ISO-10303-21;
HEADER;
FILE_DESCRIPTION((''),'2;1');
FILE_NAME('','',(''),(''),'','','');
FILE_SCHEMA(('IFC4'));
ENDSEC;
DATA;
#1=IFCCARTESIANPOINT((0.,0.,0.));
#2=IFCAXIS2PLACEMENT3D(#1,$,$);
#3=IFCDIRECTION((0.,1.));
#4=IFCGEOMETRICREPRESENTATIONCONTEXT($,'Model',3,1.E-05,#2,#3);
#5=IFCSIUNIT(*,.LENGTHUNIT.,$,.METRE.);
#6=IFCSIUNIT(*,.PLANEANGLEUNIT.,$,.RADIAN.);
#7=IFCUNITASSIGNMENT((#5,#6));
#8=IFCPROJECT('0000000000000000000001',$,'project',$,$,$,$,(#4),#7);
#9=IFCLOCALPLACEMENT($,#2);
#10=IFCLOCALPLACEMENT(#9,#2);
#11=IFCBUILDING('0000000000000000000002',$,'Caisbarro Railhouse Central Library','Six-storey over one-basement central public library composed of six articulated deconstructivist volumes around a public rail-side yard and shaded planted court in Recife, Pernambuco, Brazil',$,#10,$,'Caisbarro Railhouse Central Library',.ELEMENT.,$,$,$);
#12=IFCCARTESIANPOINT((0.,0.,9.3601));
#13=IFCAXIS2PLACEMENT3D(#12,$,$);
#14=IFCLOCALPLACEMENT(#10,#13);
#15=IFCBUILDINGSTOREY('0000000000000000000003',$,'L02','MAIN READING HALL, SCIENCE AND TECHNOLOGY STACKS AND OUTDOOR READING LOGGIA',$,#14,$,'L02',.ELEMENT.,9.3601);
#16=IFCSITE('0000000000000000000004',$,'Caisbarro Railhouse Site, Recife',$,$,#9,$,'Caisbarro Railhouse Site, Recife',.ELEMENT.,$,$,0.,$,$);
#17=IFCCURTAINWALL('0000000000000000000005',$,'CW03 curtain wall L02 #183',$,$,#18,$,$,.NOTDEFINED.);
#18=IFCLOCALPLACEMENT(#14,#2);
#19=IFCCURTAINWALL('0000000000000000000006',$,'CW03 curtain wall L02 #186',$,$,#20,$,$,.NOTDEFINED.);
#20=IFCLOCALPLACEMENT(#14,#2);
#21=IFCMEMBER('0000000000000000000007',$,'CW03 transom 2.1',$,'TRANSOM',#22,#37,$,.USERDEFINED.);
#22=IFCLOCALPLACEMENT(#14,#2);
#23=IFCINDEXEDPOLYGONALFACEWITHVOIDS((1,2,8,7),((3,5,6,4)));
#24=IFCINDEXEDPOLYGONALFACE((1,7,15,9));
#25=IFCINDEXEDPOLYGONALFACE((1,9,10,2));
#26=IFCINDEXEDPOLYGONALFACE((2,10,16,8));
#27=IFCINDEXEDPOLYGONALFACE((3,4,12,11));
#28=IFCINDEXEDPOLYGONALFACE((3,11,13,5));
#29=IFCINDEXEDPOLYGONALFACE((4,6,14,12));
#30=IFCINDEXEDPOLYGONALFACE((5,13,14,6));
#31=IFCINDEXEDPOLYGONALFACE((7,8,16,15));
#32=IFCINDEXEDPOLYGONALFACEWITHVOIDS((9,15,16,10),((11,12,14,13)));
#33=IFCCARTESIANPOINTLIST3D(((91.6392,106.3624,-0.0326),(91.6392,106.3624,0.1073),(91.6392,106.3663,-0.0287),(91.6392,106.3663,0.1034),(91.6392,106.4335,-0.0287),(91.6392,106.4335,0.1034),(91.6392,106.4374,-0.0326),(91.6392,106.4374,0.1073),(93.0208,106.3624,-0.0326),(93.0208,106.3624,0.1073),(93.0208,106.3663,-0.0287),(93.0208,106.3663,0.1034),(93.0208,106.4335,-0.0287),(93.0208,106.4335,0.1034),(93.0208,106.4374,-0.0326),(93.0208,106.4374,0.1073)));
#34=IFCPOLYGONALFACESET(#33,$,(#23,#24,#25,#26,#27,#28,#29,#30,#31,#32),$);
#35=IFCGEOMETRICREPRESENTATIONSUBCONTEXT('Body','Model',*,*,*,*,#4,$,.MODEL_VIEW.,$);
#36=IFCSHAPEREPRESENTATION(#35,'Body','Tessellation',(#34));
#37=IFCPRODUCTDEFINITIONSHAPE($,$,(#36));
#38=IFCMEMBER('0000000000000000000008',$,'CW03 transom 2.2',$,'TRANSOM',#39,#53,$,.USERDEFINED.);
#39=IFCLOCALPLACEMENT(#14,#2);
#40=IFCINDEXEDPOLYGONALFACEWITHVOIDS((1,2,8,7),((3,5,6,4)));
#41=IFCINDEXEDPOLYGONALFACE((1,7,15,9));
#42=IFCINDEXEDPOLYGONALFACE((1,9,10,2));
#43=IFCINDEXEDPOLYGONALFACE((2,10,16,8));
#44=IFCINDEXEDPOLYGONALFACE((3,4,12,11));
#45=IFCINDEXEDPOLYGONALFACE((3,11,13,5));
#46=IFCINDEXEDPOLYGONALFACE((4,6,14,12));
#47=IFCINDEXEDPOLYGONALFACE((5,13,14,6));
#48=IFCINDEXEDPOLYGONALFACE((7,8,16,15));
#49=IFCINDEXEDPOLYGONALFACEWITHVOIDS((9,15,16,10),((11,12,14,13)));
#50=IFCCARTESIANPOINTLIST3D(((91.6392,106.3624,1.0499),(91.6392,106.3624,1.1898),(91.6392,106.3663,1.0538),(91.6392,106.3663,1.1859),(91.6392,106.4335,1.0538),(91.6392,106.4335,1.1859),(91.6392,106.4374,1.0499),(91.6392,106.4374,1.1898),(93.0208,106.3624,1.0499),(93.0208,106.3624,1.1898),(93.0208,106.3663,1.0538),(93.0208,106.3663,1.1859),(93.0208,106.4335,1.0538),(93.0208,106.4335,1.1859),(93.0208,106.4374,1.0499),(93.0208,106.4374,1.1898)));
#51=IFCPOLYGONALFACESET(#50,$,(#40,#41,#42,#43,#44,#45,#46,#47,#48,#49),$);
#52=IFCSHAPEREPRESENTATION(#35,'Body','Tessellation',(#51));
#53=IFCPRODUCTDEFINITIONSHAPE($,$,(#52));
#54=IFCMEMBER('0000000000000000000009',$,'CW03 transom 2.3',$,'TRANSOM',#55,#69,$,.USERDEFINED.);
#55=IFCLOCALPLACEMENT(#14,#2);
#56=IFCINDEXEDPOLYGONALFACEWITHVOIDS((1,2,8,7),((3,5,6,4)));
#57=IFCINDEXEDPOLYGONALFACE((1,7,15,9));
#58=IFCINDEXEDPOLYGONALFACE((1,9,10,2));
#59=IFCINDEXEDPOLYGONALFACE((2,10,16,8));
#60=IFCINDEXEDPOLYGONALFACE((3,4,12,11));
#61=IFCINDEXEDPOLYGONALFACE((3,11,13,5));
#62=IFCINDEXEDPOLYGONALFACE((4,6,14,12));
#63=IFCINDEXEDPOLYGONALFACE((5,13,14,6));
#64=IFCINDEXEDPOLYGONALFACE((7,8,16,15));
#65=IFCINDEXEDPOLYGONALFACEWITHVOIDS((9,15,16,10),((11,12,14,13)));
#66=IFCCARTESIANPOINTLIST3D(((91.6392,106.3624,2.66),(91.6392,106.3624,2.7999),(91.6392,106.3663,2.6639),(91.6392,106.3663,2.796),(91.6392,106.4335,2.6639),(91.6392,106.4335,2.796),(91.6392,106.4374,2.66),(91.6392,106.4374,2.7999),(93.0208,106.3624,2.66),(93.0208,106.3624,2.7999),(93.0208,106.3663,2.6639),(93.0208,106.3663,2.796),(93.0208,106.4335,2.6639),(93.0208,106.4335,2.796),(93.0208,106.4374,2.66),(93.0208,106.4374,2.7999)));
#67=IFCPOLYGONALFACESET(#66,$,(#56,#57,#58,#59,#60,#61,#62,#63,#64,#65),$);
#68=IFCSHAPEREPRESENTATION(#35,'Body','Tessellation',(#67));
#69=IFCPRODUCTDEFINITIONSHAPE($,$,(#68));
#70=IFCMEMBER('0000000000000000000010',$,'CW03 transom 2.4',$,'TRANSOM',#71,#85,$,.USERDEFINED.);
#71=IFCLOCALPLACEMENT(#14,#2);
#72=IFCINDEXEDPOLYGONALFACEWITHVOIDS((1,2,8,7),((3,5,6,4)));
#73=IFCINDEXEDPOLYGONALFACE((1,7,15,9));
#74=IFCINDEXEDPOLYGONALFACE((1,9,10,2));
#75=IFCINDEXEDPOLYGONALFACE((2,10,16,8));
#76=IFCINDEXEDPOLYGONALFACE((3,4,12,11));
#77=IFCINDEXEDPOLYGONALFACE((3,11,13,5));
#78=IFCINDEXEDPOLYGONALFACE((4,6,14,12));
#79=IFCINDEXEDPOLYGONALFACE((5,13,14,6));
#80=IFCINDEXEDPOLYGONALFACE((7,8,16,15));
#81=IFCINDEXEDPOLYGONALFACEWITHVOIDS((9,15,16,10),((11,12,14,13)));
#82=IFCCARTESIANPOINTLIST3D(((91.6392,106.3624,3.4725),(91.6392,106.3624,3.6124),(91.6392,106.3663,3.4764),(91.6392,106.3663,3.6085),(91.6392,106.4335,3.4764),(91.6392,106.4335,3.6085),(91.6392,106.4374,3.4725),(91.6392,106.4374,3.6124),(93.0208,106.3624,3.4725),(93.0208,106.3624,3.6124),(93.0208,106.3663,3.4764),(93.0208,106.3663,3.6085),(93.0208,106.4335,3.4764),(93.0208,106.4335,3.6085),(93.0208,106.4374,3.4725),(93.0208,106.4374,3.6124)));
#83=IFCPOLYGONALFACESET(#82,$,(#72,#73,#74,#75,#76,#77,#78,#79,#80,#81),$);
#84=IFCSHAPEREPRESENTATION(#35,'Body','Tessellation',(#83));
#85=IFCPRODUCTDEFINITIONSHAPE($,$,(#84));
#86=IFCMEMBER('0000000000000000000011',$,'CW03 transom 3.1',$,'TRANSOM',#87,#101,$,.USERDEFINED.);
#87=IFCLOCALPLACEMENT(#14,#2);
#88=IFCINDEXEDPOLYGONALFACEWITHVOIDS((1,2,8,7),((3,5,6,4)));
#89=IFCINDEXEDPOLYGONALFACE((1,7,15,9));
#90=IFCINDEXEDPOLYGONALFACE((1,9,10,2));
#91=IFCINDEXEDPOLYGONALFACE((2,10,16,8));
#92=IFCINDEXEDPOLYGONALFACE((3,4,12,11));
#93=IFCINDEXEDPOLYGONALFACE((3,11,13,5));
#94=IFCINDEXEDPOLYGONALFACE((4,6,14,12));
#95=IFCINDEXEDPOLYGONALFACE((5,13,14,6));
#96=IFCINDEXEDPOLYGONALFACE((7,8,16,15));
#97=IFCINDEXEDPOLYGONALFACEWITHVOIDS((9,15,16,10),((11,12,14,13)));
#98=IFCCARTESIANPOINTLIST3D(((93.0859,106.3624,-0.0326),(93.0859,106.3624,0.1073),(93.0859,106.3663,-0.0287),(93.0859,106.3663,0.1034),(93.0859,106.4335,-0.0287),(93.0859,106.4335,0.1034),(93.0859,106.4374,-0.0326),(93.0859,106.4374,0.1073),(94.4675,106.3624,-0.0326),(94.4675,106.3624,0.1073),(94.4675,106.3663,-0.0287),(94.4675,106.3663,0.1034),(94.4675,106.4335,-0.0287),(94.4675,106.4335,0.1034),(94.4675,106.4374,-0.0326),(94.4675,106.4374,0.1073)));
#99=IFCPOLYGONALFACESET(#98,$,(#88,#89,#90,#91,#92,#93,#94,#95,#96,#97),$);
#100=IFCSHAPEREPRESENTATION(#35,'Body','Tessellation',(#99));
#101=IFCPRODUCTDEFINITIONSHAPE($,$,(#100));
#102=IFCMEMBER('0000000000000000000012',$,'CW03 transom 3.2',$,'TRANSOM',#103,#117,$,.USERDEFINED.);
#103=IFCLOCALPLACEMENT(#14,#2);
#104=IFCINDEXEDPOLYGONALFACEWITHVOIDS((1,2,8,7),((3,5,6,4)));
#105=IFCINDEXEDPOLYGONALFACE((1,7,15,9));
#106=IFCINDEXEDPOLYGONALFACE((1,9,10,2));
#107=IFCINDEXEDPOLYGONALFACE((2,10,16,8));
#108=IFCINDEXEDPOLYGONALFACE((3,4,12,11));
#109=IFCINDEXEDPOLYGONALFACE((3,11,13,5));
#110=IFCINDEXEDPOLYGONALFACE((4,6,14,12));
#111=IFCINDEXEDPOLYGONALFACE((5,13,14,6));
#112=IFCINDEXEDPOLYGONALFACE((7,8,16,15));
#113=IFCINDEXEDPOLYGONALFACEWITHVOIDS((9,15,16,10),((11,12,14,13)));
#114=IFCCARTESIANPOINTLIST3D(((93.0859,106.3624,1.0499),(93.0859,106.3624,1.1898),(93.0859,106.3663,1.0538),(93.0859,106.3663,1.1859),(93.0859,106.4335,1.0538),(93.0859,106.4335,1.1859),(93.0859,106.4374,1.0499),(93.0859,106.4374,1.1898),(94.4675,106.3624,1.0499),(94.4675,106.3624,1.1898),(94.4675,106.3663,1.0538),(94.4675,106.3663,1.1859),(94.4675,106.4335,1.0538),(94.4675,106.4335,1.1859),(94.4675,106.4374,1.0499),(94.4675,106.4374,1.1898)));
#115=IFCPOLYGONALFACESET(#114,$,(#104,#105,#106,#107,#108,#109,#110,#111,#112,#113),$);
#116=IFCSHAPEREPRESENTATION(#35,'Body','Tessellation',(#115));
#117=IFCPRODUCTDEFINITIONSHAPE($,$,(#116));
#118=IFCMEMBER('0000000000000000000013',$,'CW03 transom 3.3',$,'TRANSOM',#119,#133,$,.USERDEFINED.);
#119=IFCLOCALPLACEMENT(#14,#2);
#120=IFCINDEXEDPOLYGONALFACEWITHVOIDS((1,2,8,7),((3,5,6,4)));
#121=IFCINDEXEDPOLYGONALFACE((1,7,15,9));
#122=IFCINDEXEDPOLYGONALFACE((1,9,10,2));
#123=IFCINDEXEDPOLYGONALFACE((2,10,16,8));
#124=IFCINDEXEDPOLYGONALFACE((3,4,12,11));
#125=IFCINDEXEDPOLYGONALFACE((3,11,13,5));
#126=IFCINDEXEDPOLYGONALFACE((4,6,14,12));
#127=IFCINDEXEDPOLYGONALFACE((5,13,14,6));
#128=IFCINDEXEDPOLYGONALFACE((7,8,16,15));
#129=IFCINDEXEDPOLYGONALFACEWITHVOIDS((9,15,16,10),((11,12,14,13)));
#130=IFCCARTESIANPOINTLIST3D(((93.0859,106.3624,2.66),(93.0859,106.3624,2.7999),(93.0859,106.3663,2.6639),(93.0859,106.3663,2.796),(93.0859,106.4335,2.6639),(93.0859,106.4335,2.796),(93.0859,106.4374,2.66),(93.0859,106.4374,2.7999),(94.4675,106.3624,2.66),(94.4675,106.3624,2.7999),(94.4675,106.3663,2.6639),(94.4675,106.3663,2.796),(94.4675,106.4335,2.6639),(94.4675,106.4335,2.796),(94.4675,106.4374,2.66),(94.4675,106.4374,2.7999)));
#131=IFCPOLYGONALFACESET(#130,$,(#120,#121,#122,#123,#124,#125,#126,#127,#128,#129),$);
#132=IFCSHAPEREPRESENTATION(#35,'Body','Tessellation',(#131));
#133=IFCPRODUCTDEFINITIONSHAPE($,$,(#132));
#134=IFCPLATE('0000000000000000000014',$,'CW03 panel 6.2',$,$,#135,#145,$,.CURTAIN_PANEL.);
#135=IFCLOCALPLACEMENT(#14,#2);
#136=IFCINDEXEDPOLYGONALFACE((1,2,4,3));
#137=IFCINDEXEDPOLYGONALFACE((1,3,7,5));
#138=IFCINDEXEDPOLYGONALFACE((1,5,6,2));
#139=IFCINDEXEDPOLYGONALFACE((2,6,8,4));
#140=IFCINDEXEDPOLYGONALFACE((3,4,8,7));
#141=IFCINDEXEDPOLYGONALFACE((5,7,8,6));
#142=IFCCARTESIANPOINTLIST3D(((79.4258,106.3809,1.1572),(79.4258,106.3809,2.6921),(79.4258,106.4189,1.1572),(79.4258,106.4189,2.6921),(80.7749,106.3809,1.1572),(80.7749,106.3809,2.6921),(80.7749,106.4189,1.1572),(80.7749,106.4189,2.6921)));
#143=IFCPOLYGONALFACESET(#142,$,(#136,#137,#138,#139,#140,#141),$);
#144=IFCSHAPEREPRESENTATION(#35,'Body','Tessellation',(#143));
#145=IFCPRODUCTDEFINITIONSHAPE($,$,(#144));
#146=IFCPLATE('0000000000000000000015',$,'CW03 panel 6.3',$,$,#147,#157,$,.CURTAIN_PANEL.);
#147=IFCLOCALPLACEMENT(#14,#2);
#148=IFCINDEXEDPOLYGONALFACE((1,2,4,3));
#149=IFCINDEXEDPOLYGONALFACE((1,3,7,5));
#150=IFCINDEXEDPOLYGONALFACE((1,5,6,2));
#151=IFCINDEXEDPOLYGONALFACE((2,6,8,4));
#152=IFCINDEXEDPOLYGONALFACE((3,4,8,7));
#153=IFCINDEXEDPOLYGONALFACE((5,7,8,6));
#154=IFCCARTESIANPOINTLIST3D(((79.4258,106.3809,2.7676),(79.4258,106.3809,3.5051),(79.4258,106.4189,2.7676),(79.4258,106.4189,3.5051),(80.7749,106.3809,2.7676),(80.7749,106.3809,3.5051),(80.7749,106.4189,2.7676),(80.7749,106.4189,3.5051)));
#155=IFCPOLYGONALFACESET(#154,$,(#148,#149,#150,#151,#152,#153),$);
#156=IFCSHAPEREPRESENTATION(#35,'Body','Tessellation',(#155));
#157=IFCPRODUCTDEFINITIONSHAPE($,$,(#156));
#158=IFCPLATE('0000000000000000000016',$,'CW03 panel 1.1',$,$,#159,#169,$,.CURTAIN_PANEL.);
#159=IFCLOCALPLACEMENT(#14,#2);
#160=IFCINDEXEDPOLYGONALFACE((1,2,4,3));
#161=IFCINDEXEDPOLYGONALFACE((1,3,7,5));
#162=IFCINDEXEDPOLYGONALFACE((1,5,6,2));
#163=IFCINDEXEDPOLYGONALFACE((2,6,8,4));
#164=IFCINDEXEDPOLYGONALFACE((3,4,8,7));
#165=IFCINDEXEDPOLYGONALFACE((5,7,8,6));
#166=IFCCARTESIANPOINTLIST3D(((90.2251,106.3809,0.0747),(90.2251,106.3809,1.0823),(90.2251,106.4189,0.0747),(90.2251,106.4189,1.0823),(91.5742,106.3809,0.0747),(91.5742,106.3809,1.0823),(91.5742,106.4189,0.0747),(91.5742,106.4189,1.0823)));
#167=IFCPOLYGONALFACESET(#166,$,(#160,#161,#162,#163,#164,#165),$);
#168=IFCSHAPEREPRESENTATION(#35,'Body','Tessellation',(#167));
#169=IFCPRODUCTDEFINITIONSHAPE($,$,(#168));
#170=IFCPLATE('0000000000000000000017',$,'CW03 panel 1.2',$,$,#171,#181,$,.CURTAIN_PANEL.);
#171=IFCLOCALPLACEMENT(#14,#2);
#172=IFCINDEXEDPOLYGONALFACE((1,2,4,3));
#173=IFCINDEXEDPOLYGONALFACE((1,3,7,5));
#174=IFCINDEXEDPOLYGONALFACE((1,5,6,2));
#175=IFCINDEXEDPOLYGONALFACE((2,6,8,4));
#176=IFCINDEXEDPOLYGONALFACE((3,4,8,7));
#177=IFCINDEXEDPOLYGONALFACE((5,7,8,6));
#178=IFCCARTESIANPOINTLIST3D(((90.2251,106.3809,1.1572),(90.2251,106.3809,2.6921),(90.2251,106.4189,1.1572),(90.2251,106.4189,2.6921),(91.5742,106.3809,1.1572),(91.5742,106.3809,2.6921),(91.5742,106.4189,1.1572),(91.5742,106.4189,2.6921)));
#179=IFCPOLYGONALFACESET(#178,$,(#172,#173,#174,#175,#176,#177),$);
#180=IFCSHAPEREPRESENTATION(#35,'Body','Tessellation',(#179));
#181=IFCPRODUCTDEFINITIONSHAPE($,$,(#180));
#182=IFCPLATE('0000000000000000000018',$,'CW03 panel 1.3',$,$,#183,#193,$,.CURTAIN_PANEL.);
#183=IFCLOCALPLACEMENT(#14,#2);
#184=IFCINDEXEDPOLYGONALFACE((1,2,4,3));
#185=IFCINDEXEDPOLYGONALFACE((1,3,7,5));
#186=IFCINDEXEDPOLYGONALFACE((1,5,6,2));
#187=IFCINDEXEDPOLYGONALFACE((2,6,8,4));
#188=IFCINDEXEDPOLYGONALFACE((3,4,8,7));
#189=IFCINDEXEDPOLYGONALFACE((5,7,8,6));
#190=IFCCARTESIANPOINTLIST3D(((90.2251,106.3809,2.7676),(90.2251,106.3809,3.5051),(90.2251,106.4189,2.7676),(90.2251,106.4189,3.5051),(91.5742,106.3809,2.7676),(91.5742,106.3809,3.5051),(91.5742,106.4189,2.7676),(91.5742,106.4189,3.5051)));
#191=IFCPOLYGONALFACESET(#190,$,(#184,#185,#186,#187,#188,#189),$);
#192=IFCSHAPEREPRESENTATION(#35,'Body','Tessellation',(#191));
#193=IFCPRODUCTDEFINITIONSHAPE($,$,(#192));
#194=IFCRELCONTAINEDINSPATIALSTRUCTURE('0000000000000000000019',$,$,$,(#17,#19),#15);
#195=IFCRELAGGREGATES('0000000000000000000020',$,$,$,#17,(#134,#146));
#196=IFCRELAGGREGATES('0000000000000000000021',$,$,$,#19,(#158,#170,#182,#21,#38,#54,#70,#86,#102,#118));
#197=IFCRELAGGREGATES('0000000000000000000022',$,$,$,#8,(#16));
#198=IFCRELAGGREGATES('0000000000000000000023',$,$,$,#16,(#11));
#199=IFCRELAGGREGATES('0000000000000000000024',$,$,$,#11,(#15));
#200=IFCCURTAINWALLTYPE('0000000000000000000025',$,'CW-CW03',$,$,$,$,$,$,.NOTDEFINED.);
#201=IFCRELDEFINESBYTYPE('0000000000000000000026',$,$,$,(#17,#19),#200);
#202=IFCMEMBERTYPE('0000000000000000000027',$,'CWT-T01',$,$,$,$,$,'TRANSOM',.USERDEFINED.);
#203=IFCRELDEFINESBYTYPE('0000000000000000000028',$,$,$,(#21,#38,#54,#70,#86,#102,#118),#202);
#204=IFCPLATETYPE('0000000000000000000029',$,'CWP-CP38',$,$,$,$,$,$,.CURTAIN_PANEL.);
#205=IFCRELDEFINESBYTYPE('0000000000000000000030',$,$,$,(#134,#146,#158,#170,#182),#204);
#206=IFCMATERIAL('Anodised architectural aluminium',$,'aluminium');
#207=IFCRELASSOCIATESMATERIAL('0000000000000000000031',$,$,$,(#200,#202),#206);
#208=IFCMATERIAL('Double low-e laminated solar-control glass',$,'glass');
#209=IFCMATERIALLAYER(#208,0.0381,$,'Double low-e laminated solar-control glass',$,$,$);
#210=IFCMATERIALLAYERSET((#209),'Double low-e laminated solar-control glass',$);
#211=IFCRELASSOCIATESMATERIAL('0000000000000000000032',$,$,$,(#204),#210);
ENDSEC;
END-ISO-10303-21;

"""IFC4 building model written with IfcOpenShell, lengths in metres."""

from ifc_helpers import new_model, si_unit, direction, frame, origin, origin_2d, place, context, subcontext, project, spatial, rectangle, hollow_rectangle, extrude, material, layer, layer_set, material_profile, profile_set, type_object, element, aggregate, save


model = new_model("IFC4")

# Units and contexts
model_context = context("Model", 3, precision=1e-05, world=origin(), true_north=direction((0.0, 1.0)))
body_context = subcontext(model_context, "Body", "Model", "MODEL_VIEW")
ifc_project = project(units=[si_unit("LENGTHUNIT", "METRE"), si_unit("PLANEANGLEUNIT", "RADIAN")], contexts=[model_context])

# Site, building, storey
site_placement = place(None, origin())
site = spatial("IfcSite", under=ifc_project, at=site_placement, Name="Caisbarro Railhouse Site, Recife", LongName="Caisbarro Railhouse Site, Recife", CompositionType="ELEMENT", RefElevation=0.0)
building_placement = place(site_placement, origin())
building = spatial("IfcBuilding", under=site, at=building_placement, Name="Caisbarro Railhouse Central Library", Description="Six-storey over one-basement central public library composed of six articulated deconstructivist volumes around a public rail-side yard and shaded planted court in Recife, Pernambuco, Brazil", LongName="Caisbarro Railhouse Central Library", CompositionType="ELEMENT")
storey_placement = place(building_placement, frame((0.0, 0.0, 9.3601)))
storey = spatial("IfcBuildingStorey", under=building, at=storey_placement, Name="L02", Description="MAIN READING HALL, SCIENCE AND TECHNOLOGY STACKS AND OUTDOOR READING LOGGIA", LongName="L02", CompositionType="ELEMENT", Elevation=9.3601)

# Curtain wall
ifc_material_1 = material(Name="Anodised architectural aluminium", Category="aluminium")
curtain_wall_type = type_object("IfcCurtainWallType", Name="CW-CW03", PredefinedType="NOTDEFINED", material=ifc_material_1)
curtain_wall_1_placement = place(storey_placement, origin())
curtain_wall_1 = element("IfcCurtainWall", 1, at=curtain_wall_1_placement, inside=storey, type_object=curtain_wall_type, Name="CW03 curtain wall L02 #183", PredefinedType="NOTDEFINED")

# Curtain wall, members
curtain_wall_2_placement = place(storey_placement, origin())
curtain_wall_2 = element("IfcCurtainWall", 2, at=curtain_wall_2_placement, inside=storey, type_object=curtain_wall_type, Name="CW03 curtain wall L02 #186", PredefinedType="NOTDEFINED")
ifc_material_profile_1 = material_profile(ifc_material_1, hollow_rectangle(XDim=0.075, YDim=0.1399, WallThickness=0.0039, at=origin_2d()), Name="ALU-TRN-75X140")
ifc_profile_set_1 = profile_set([ifc_material_profile_1], Name="Anodised architectural aluminium")
member_type_1 = type_object("IfcMemberType", Name="CWT-T01", ElementType="TRANSOM", PredefinedType="USERDEFINED", material=ifc_profile_set_1)
member_1_placement = place(storey_placement, frame((91.6392, 106.3999, 0.0374), z_axis=(1.0, 0.0, 0.0), x_axis=(0.0, 1.0, 0.0)))
member_1 = element("IfcMember", 3, at=member_1_placement, type_object=member_type_1, Name="CW03 transom 2.1", ObjectType="TRANSOM", PredefinedType="USERDEFINED", context=body_context, shape_type="SweptSolid", body=[
    extrude(hollow_rectangle(XDim=0.075, YDim=0.1399, WallThickness=0.0039, at=origin_2d()), origin(), (0.0, 0.0, 1.0), 1.3816),
])
member_2_placement = place(storey_placement, frame((91.6392, 106.3999, 1.1199), z_axis=(1.0, 0.0, 0.0), x_axis=(0.0, 1.0, 0.0)))
member_2 = element("IfcMember", 4, at=member_2_placement, type_object=member_type_1, Name="CW03 transom 2.2", ObjectType="TRANSOM", PredefinedType="USERDEFINED", context=body_context, shape_type="SweptSolid", body=[
    extrude(hollow_rectangle(XDim=0.075, YDim=0.1399, WallThickness=0.0039, at=origin_2d()), origin(), (0.0, 0.0, 1.0), 1.3816),
])
member_3_placement = place(storey_placement, frame((91.6392, 106.3999, 2.73), z_axis=(1.0, 0.0, 0.0), x_axis=(0.0, 1.0, 0.0)))
member_3 = element("IfcMember", 5, at=member_3_placement, type_object=member_type_1, Name="CW03 transom 2.3", ObjectType="TRANSOM", PredefinedType="USERDEFINED", context=body_context, shape_type="SweptSolid", body=[
    extrude(hollow_rectangle(XDim=0.075, YDim=0.1399, WallThickness=0.0039, at=origin_2d()), origin(), (0.0, 0.0, 1.0), 1.3816),
])
member_4_placement = place(storey_placement, frame((91.6392, 106.3999, 3.5425), z_axis=(1.0, 0.0, 0.0), x_axis=(0.0, 1.0, 0.0)))
member_4 = element("IfcMember", 6, at=member_4_placement, type_object=member_type_1, Name="CW03 transom 2.4", ObjectType="TRANSOM", PredefinedType="USERDEFINED", context=body_context, shape_type="SweptSolid", body=[
    extrude(hollow_rectangle(XDim=0.075, YDim=0.1399, WallThickness=0.0039, at=origin_2d()), origin(), (0.0, 0.0, 1.0), 1.3816),
])
member_5_placement = place(storey_placement, frame((93.0859, 106.3999, 0.0374), z_axis=(1.0, 0.0, 0.0), x_axis=(0.0, 1.0, 0.0)))
member_5 = element("IfcMember", 7, at=member_5_placement, type_object=member_type_1, Name="CW03 transom 3.1", ObjectType="TRANSOM", PredefinedType="USERDEFINED", context=body_context, shape_type="SweptSolid", body=[
    extrude(hollow_rectangle(XDim=0.075, YDim=0.1399, WallThickness=0.0039, at=origin_2d()), origin(), (0.0, 0.0, 1.0), 1.3816),
])
member_6_placement = place(storey_placement, frame((93.0859, 106.3999, 1.1199), z_axis=(1.0, 0.0, 0.0), x_axis=(0.0, 1.0, 0.0)))
member_6 = element("IfcMember", 8, at=member_6_placement, type_object=member_type_1, Name="CW03 transom 3.2", ObjectType="TRANSOM", PredefinedType="USERDEFINED", context=body_context, shape_type="SweptSolid", body=[
    extrude(hollow_rectangle(XDim=0.075, YDim=0.1399, WallThickness=0.0039, at=origin_2d()), origin(), (0.0, 0.0, 1.0), 1.3816),
])
member_7_placement = place(storey_placement, frame((93.0859, 106.3999, 2.73), z_axis=(1.0, 0.0, 0.0), x_axis=(0.0, 1.0, 0.0)))
member_7 = element("IfcMember", 9, at=member_7_placement, type_object=member_type_1, Name="CW03 transom 3.3", ObjectType="TRANSOM", PredefinedType="USERDEFINED", context=body_context, shape_type="SweptSolid", body=[
    extrude(hollow_rectangle(XDim=0.075, YDim=0.1399, WallThickness=0.0039, at=origin_2d()), origin(), (0.0, 0.0, 1.0), 1.3816),
])

# Plates
ifc_material_2 = material(Name="Double low-e laminated solar-control glass", Category="glass")
ifc_layer_1 = layer(ifc_material_2, 0.0381, Name="Double low-e laminated solar-control glass")
ifc_layer_set_1 = layer_set([ifc_layer_1], Name="Double low-e laminated solar-control glass")
plate_type = type_object("IfcPlateType", Name="CWP-CP38", PredefinedType="CURTAIN_PANEL", material=ifc_layer_set_1)
plate_1_placement = place(storey_placement, frame((80.1003, 106.3999, 1.1572), z_axis=(0.0, 0.0, 1.0), x_axis=(1.0, 0.0, 0.0)))
plate_1 = element("IfcPlate", 10, at=plate_1_placement, type_object=plate_type, Name="CW03 panel 6.2", PredefinedType="CURTAIN_PANEL", context=body_context, shape_type="SweptSolid", body=[
    extrude(rectangle(XDim=1.3491, YDim=0.0381, at=origin_2d()), origin(), (0.0, 0.0, 1.0), 1.5349),
])
plate_2_placement = place(storey_placement, frame((80.1003, 106.3999, 2.7676), z_axis=(0.0, 0.0, 1.0), x_axis=(1.0, 0.0, 0.0)))
plate_2 = element("IfcPlate", 11, at=plate_2_placement, type_object=plate_type, Name="CW03 panel 6.3", PredefinedType="CURTAIN_PANEL", context=body_context, shape_type="SweptSolid", body=[
    extrude(rectangle(XDim=1.3491, YDim=0.0381, at=origin_2d()), origin(), (0.0, 0.0, 1.0), 0.7375),
])
aggregate(curtain_wall_1, [plate_1, plate_2])
plate_3_placement = place(storey_placement, frame((90.8997, 106.3999, 0.0747), z_axis=(0.0, 0.0, 1.0), x_axis=(1.0, 0.0, 0.0)))
plate_3 = element("IfcPlate", 12, at=plate_3_placement, type_object=plate_type, Name="CW03 panel 1.1", PredefinedType="CURTAIN_PANEL", context=body_context, shape_type="SweptSolid", body=[
    extrude(rectangle(XDim=1.3491, YDim=0.0381, at=origin_2d()), origin(), (0.0, 0.0, 1.0), 1.0076),
])
plate_4_placement = place(storey_placement, frame((90.8997, 106.3999, 1.1572), z_axis=(0.0, 0.0, 1.0), x_axis=(1.0, 0.0, 0.0)))
plate_4 = element("IfcPlate", 13, at=plate_4_placement, type_object=plate_type, Name="CW03 panel 1.2", PredefinedType="CURTAIN_PANEL", context=body_context, shape_type="SweptSolid", body=[
    extrude(rectangle(XDim=1.3491, YDim=0.0381, at=origin_2d()), origin(), (0.0, 0.0, 1.0), 1.5349),
])
plate_5_placement = place(storey_placement, frame((90.8997, 106.3999, 2.7676), z_axis=(0.0, 0.0, 1.0), x_axis=(1.0, 0.0, 0.0)))
plate_5 = element("IfcPlate", 14, at=plate_5_placement, type_object=plate_type, Name="CW03 panel 1.3", PredefinedType="CURTAIN_PANEL", context=body_context, shape_type="SweptSolid", body=[
    extrude(rectangle(XDim=1.3491, YDim=0.0381, at=origin_2d()), origin(), (0.0, 0.0, 1.0), 0.7375),
])
aggregate(curtain_wall_2, [plate_3, plate_4, plate_5, member_1, member_2, member_3, member_4, member_5, member_6, member_7])

save(model, "model.ifc")
